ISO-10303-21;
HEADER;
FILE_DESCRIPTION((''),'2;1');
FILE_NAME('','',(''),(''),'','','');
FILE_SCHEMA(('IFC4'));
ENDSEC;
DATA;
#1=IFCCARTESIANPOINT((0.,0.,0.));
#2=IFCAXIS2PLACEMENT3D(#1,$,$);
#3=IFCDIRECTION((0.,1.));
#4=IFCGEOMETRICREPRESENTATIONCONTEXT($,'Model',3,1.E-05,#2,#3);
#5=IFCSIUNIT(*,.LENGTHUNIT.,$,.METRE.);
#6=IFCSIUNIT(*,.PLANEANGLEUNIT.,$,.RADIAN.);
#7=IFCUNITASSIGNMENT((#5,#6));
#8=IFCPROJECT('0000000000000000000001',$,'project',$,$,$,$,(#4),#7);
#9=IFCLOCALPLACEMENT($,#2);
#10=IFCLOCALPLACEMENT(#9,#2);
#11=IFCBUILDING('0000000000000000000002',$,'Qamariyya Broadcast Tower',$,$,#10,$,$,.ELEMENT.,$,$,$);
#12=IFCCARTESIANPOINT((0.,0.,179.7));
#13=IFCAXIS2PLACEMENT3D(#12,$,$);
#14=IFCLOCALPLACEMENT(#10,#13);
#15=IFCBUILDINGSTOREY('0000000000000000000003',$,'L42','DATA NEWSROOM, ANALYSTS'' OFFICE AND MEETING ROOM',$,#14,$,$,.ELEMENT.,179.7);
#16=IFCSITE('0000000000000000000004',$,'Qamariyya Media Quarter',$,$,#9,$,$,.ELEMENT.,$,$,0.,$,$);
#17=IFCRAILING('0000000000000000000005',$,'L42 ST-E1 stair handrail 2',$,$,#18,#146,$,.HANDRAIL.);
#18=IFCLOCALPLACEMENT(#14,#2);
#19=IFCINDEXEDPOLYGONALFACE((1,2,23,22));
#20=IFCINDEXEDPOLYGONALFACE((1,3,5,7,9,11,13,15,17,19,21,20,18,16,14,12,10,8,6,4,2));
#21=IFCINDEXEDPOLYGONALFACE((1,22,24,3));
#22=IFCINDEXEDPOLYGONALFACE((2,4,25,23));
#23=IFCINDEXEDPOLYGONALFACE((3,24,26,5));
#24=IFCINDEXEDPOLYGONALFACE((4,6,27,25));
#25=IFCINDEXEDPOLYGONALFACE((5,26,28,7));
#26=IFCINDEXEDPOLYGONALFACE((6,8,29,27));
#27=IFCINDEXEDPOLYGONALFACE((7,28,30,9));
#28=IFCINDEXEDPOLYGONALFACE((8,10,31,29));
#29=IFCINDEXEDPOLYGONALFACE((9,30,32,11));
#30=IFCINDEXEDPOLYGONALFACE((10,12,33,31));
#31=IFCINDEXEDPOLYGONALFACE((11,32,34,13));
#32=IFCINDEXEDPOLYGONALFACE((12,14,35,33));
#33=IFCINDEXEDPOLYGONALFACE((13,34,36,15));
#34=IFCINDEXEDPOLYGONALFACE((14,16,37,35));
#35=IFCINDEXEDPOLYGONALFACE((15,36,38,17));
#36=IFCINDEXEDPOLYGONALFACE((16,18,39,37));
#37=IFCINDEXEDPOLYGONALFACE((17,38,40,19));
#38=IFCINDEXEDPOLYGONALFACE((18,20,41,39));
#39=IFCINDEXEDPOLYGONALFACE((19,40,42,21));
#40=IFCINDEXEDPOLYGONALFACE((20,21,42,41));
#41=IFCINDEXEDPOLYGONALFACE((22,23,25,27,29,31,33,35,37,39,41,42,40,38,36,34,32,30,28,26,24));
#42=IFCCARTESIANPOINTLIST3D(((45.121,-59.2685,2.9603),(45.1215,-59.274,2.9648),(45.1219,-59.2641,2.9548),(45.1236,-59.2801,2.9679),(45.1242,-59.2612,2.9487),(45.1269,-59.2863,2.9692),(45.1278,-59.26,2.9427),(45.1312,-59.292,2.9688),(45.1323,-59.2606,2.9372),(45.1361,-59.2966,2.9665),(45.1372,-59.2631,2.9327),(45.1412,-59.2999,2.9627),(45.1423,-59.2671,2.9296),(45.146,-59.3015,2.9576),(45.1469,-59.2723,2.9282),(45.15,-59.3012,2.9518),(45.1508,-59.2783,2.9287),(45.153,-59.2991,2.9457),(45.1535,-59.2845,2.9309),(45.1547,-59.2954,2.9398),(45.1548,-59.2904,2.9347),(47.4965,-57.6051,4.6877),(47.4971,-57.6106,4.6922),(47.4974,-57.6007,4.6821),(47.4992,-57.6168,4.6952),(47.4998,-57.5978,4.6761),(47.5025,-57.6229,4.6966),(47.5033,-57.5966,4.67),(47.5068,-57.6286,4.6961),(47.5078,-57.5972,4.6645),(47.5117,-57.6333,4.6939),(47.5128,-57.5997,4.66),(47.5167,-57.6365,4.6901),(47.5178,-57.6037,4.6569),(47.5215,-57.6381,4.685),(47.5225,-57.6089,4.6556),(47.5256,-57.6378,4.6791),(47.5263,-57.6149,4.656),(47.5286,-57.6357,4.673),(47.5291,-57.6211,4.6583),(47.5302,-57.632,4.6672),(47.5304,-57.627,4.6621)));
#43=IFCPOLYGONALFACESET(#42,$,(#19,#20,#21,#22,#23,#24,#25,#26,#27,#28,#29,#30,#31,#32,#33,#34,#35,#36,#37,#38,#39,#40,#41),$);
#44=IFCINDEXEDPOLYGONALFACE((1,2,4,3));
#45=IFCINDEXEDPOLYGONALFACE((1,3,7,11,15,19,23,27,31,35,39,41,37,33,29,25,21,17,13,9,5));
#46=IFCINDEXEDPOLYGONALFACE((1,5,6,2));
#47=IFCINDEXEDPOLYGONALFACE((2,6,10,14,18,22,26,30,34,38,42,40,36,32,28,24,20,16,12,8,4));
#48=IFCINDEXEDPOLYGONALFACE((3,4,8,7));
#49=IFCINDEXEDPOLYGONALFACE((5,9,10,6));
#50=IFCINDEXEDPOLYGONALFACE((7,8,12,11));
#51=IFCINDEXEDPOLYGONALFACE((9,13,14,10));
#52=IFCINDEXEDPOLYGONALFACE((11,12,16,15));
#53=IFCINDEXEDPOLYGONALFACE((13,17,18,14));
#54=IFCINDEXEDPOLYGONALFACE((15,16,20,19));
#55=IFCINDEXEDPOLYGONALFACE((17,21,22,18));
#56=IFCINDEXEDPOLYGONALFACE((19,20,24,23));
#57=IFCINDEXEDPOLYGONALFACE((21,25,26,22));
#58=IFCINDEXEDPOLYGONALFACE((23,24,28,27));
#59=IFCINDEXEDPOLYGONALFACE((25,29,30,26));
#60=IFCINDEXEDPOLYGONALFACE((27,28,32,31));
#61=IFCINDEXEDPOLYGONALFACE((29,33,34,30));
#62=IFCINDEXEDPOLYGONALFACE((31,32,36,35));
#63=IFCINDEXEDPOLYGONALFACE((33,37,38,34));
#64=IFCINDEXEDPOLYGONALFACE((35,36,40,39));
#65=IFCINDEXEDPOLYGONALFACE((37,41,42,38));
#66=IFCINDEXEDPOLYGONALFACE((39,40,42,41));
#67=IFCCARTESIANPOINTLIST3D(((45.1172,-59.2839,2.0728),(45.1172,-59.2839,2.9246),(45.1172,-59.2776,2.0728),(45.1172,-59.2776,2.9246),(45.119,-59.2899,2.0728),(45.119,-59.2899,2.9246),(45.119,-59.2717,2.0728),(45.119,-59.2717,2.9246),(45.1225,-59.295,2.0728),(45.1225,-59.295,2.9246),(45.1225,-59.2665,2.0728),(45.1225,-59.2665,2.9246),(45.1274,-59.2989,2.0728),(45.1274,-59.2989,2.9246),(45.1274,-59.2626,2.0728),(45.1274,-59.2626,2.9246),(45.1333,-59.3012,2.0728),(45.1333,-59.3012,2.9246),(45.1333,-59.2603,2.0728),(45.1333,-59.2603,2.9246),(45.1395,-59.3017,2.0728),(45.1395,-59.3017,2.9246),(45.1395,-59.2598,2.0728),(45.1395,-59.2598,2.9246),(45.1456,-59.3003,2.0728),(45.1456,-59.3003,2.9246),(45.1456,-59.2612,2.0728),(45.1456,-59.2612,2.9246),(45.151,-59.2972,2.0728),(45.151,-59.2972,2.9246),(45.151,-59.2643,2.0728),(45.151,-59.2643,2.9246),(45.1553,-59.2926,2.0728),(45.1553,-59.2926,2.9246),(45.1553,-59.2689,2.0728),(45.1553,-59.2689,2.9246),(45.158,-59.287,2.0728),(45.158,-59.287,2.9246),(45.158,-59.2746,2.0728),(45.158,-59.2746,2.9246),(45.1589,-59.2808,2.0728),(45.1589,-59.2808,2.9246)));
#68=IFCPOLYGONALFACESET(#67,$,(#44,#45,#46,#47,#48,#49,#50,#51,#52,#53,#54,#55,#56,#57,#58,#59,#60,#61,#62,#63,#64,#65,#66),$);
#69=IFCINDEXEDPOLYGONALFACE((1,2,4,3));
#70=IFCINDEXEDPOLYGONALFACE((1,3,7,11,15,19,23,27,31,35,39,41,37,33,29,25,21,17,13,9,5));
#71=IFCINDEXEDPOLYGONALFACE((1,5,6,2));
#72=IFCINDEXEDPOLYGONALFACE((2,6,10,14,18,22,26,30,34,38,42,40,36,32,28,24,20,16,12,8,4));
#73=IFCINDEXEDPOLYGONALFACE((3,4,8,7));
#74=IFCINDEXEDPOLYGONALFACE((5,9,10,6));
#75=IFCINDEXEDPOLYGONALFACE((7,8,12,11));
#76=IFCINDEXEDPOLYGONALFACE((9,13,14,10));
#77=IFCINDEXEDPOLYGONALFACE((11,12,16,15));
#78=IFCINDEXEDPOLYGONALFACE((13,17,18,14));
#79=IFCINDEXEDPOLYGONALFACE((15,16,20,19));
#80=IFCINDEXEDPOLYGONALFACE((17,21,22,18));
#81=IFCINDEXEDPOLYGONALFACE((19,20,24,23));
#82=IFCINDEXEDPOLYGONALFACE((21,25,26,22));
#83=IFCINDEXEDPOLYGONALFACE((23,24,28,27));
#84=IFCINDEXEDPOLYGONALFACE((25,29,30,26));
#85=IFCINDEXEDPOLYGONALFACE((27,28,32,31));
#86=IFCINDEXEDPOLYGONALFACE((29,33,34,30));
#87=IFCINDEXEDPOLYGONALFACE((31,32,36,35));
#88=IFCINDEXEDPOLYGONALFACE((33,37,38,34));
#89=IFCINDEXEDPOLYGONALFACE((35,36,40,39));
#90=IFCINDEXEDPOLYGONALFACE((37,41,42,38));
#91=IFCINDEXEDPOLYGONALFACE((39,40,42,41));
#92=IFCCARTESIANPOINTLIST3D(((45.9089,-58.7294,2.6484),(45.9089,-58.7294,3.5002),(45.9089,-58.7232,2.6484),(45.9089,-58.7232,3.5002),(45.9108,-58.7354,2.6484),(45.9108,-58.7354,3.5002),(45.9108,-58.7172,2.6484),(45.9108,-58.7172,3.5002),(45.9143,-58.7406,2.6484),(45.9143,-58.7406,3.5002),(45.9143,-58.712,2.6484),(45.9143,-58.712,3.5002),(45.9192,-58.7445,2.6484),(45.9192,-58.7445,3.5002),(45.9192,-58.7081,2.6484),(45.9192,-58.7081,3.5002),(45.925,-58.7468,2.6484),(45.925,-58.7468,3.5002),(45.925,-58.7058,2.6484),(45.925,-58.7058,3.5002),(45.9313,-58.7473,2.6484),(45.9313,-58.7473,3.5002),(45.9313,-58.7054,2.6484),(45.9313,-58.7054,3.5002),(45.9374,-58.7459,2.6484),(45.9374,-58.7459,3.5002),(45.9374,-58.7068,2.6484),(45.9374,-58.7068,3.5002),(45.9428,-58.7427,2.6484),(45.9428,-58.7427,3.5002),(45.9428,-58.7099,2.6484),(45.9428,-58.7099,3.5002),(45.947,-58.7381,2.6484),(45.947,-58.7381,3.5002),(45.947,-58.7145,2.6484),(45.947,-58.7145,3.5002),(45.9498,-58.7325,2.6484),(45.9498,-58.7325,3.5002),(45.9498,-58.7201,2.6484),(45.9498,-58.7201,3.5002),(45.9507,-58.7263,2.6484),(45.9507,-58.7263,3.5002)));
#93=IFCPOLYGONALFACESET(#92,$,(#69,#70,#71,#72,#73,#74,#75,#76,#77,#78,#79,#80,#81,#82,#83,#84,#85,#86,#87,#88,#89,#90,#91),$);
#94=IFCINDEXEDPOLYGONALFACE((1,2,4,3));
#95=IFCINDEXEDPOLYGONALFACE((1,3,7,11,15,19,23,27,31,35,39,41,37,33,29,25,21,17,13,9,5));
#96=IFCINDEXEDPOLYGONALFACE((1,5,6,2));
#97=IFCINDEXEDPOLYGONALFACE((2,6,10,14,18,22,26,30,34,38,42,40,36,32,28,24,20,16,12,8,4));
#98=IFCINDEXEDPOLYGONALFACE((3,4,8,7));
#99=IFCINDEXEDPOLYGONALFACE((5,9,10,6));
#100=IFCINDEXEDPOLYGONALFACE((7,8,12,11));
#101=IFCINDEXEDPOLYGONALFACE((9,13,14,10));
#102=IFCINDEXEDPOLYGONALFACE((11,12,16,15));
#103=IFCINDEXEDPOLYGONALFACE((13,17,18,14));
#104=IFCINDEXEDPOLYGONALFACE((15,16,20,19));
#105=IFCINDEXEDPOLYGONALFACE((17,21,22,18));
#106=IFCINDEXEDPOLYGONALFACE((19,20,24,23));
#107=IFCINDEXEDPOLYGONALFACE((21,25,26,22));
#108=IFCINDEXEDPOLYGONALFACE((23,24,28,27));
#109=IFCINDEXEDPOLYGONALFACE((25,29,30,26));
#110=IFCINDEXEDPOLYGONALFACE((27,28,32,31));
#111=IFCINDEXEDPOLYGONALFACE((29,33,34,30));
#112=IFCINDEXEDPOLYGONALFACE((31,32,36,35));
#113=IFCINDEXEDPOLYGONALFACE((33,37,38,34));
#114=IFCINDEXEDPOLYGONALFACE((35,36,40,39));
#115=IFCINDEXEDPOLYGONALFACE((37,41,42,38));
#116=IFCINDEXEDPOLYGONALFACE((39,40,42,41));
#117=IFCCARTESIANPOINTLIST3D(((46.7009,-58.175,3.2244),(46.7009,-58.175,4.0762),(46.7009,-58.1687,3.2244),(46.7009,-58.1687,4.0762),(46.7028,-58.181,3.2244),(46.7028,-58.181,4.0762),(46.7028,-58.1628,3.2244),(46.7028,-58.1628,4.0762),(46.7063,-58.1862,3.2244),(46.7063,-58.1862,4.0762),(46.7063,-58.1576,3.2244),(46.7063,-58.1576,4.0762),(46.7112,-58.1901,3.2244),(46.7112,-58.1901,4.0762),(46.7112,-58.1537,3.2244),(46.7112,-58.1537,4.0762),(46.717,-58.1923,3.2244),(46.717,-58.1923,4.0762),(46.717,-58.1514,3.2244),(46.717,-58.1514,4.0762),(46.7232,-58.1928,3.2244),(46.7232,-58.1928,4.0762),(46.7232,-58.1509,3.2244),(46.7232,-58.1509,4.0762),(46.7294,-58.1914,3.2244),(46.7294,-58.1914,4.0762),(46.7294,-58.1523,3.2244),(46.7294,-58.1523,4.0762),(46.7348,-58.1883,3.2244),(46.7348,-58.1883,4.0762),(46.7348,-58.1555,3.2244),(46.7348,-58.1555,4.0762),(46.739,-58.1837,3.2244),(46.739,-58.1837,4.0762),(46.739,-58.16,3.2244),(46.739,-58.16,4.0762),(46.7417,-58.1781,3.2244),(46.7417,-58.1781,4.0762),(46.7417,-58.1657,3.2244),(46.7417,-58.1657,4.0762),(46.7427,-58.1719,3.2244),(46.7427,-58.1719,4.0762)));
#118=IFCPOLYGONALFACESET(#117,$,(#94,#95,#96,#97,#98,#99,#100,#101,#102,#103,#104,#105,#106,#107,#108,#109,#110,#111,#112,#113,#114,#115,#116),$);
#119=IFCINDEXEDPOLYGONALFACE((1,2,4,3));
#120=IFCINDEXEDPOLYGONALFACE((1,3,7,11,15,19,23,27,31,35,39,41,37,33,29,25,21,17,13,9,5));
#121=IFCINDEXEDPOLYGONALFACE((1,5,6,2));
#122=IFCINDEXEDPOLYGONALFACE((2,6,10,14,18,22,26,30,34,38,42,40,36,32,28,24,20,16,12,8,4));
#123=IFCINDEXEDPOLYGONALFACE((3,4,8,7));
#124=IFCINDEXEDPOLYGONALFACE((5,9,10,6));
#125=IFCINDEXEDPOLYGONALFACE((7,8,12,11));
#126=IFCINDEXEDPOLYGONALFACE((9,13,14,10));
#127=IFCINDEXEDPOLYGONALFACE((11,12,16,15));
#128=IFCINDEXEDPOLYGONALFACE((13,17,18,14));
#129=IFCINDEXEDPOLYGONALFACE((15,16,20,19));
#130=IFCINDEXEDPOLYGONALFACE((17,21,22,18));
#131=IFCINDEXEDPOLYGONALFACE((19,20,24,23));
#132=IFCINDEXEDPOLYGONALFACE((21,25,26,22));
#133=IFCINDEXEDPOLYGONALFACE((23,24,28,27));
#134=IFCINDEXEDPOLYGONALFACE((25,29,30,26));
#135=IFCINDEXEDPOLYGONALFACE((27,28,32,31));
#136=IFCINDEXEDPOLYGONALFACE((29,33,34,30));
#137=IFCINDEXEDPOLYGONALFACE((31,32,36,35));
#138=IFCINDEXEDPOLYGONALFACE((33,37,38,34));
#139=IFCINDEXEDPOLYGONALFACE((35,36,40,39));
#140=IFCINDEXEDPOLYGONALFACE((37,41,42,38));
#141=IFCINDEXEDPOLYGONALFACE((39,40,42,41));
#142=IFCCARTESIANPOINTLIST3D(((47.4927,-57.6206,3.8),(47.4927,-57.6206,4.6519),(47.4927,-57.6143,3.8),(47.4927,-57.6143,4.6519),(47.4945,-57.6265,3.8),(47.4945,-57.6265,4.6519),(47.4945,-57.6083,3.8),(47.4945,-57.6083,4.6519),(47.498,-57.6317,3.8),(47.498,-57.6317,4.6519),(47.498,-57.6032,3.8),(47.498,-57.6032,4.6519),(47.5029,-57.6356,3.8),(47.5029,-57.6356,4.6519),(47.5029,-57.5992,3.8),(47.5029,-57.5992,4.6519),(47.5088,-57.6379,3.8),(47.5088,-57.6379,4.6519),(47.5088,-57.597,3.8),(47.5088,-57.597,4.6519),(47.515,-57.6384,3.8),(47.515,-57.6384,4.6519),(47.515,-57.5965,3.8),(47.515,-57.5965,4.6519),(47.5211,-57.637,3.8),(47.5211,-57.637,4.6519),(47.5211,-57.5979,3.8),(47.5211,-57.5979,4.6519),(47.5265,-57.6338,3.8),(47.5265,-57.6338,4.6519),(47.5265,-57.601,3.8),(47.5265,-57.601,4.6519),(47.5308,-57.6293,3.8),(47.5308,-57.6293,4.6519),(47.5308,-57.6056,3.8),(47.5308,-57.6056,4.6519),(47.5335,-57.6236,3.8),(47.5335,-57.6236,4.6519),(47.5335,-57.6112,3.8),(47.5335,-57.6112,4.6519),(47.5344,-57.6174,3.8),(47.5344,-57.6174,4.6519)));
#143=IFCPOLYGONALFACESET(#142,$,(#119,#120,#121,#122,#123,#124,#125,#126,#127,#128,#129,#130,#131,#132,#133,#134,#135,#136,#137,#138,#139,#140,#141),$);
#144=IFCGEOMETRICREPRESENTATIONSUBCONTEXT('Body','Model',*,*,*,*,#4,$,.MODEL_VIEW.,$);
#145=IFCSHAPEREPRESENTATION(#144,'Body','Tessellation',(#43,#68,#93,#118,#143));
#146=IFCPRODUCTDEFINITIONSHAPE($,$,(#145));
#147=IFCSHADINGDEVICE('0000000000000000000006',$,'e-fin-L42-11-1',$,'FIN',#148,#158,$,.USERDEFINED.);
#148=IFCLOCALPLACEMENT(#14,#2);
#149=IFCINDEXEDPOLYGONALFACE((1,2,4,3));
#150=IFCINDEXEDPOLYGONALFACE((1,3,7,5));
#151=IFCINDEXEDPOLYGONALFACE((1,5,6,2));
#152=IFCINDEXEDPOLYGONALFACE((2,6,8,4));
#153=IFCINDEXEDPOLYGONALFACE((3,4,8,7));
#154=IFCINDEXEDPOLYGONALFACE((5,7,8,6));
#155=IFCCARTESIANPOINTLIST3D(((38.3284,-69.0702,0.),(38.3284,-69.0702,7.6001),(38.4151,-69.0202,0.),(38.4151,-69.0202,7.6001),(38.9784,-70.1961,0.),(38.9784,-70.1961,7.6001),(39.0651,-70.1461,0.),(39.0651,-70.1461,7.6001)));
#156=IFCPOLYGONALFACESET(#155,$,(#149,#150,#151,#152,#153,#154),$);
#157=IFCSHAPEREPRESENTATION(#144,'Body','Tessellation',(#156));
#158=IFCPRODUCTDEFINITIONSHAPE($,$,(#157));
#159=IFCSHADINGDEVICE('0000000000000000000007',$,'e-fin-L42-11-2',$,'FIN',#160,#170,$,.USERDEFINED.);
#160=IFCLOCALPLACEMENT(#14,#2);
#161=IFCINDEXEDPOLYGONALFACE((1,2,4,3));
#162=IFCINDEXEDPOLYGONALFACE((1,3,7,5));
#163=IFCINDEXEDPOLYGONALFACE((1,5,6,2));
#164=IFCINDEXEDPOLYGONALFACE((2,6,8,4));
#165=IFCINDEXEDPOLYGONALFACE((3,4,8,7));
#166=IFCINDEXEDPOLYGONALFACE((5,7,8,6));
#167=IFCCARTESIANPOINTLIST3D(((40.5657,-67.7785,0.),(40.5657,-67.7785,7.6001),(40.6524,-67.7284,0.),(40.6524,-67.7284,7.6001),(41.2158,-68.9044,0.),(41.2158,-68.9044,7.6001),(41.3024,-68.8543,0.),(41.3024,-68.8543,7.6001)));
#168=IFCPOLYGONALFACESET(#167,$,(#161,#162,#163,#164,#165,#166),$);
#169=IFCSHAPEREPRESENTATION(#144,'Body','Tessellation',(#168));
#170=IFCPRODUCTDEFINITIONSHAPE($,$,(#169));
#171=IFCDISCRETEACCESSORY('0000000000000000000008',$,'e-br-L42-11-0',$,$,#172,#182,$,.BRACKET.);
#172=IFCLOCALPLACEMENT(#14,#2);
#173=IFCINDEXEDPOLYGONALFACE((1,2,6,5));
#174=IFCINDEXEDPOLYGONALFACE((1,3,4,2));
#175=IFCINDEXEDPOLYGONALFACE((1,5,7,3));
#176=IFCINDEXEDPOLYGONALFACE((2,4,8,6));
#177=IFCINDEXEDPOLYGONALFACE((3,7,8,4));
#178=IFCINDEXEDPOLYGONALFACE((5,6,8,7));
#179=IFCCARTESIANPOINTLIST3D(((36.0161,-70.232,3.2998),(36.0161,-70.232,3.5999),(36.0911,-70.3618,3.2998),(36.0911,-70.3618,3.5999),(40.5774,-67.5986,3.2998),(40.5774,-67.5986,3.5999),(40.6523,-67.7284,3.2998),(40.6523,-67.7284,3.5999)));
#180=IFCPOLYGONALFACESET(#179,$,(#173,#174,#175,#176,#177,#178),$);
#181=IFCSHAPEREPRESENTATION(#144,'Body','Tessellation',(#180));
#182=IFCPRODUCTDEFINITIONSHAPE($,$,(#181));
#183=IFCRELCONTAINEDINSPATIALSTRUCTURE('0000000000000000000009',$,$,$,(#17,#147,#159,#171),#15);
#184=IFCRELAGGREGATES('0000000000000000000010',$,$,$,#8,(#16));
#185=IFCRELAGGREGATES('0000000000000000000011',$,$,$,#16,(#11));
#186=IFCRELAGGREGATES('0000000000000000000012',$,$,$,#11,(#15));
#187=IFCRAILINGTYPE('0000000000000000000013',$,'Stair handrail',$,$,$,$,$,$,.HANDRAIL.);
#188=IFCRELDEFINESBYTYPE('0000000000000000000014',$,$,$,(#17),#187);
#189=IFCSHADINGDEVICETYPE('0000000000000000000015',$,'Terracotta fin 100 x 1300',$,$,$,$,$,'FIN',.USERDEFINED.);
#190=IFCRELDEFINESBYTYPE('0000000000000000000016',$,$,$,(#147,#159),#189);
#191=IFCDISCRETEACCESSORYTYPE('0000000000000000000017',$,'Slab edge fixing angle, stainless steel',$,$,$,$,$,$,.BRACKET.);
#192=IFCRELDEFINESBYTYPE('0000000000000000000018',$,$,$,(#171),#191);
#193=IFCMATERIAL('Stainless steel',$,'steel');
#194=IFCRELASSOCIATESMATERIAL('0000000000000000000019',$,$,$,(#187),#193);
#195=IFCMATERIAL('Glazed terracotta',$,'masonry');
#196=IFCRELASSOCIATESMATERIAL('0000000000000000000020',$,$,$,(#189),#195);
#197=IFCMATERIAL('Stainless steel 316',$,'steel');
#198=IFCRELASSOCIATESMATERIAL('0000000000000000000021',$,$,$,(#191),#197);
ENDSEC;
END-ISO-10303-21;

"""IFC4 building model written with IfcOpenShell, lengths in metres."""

from ifc_helpers import new_model, si_unit, direction, frame, origin, origin_2d, place, context, subcontext, project, spatial, rectangle, circle, extrude, material, material_profile, profile_set, type_object, element, save


model = new_model("IFC4")

# Units and contexts
model_context = context("Model", 3, precision=1e-05, world=origin(), true_north=direction((0.0, 1.0)))
body_context = subcontext(model_context, "Body", "Model", "MODEL_VIEW")
ifc_project = project(units=[si_unit("LENGTHUNIT", "METRE"), si_unit("PLANEANGLEUNIT", "RADIAN")], contexts=[model_context])

# Site, building, storey
site_placement = place(None, origin())
site = spatial("IfcSite", under=ifc_project, at=site_placement, Name="Qamariyya Media Quarter", CompositionType="ELEMENT", RefElevation=0.0)
building_placement = place(site_placement, origin())
building = spatial("IfcBuilding", under=site, at=building_placement, Name="Qamariyya Broadcast Tower", CompositionType="ELEMENT")
storey_placement = place(building_placement, frame((0.0, 0.0, 179.7)))
storey = spatial("IfcBuildingStorey", under=building, at=storey_placement, Name="L42", Description="DATA NEWSROOM, ANALYSTS' OFFICE AND MEETING ROOM", CompositionType="ELEMENT", Elevation=179.7)

# Railing
ifc_material_1 = material(Name="Stainless steel", Category="steel")
railing_type_1 = type_object("IfcRailingType", Name="Stair handrail", PredefinedType="HANDRAIL", material=ifc_material_1)
railing_1_placement = place(storey_placement, frame((45.1379, -59.2808, 2.0728)))
element("IfcRailing", 1, at=railing_1_placement, inside=storey, type_object=railing_type_1, Name="L42 ST-E1 stair handrail 2", PredefinedType="HANDRAIL", context=body_context, shape_type="SweptSolid", body=[
    extrude(circle(Radius=0.0239, at=origin_2d()), frame((0.0, 0.0, 0.876), z_axis=(0.70377, 0.492784, 0.511734), x_axis=(-0.573575, 0.819153, 0.0)), (0.0, 0.0, 1.0), 3.3755),
    extrude(circle(Radius=0.021, at=origin_2d()), origin(), (0.0, 0.0, 1.0), 0.8518),
    extrude(circle(Radius=0.021, at=origin_2d()), frame((0.7917, 0.5544, 0.5757)), (0.0, 0.0, 1.0), 0.8518),
    extrude(circle(Radius=0.021, at=origin_2d()), frame((1.5837, 1.1089, 1.1516)), (0.0, 0.0, 1.0), 0.8518),
    extrude(circle(Radius=0.021, at=origin_2d()), frame((2.3755, 1.6633, 1.7273)), (0.0, 0.0, 1.0), 0.8518),
])

# Shading devices
ifc_material_2 = material(Name="Glazed terracotta", Category="masonry")
ifc_material_profile_1 = material_profile(ifc_material_2, rectangle(XDim=1.3, YDim=0.1001, at=origin_2d()))
ifc_profile_set_1 = profile_set([ifc_material_profile_1], Name="Glazed terracotta")
shading_device_type = type_object("IfcShadingDeviceType", Name="Terracotta fin 100 x 1300", ElementType="FIN", PredefinedType="USERDEFINED", material=ifc_profile_set_1)
for number, where, z_axis, x_axis, name in (
    (2, (38.6968, -69.6082, 0.0), (0.0, 0.0, 1.0), (0.5, -0.866025, 0.0), "e-fin-L42-11-1"),
    (3, (40.9341, -68.3164, 0.0), (0.0, 0.0, 1.0), (0.5, -0.866025, 0.0), "e-fin-L42-11-2"),
):
    element("IfcShadingDevice", number, at=place(storey_placement, frame(where, z_axis=z_axis, x_axis=x_axis)), inside=storey, type_object=shading_device_type, Name=name, ObjectType="FIN", PredefinedType="USERDEFINED", context=body_context, shape_type="SweptSolid", body=[
        extrude(rectangle(XDim=1.3, YDim=0.1001, at=origin_2d()), origin(), (0.0, 0.0, 1.0), 7.6001),
    ])

# Discrete accessory
ifc_material_3 = material(Name="Stainless steel 316", Category="steel")
discrete_accessory_type = type_object("IfcDiscreteAccessoryType", Name="Slab edge fixing angle, stainless steel", PredefinedType="BRACKET", material=ifc_material_3)
discrete_accessory_placement = place(storey_placement, frame((38.3342, -68.9802, 3.2998), z_axis=(0.0, 0.0, 1.0), x_axis=(0.866025, 0.5, 0.0)))
element("IfcDiscreteAccessory", 4, at=discrete_accessory_placement, inside=storey, type_object=discrete_accessory_type, Name="e-br-L42-11-0", PredefinedType="BRACKET", context=body_context, shape_type="SweptSolid", body=[
    extrude(rectangle(XDim=5.2668, YDim=0.1499, at=origin_2d()), origin(), (0.0, 0.0, 1.0), 0.3),
])

save(model, "model.ifc")
